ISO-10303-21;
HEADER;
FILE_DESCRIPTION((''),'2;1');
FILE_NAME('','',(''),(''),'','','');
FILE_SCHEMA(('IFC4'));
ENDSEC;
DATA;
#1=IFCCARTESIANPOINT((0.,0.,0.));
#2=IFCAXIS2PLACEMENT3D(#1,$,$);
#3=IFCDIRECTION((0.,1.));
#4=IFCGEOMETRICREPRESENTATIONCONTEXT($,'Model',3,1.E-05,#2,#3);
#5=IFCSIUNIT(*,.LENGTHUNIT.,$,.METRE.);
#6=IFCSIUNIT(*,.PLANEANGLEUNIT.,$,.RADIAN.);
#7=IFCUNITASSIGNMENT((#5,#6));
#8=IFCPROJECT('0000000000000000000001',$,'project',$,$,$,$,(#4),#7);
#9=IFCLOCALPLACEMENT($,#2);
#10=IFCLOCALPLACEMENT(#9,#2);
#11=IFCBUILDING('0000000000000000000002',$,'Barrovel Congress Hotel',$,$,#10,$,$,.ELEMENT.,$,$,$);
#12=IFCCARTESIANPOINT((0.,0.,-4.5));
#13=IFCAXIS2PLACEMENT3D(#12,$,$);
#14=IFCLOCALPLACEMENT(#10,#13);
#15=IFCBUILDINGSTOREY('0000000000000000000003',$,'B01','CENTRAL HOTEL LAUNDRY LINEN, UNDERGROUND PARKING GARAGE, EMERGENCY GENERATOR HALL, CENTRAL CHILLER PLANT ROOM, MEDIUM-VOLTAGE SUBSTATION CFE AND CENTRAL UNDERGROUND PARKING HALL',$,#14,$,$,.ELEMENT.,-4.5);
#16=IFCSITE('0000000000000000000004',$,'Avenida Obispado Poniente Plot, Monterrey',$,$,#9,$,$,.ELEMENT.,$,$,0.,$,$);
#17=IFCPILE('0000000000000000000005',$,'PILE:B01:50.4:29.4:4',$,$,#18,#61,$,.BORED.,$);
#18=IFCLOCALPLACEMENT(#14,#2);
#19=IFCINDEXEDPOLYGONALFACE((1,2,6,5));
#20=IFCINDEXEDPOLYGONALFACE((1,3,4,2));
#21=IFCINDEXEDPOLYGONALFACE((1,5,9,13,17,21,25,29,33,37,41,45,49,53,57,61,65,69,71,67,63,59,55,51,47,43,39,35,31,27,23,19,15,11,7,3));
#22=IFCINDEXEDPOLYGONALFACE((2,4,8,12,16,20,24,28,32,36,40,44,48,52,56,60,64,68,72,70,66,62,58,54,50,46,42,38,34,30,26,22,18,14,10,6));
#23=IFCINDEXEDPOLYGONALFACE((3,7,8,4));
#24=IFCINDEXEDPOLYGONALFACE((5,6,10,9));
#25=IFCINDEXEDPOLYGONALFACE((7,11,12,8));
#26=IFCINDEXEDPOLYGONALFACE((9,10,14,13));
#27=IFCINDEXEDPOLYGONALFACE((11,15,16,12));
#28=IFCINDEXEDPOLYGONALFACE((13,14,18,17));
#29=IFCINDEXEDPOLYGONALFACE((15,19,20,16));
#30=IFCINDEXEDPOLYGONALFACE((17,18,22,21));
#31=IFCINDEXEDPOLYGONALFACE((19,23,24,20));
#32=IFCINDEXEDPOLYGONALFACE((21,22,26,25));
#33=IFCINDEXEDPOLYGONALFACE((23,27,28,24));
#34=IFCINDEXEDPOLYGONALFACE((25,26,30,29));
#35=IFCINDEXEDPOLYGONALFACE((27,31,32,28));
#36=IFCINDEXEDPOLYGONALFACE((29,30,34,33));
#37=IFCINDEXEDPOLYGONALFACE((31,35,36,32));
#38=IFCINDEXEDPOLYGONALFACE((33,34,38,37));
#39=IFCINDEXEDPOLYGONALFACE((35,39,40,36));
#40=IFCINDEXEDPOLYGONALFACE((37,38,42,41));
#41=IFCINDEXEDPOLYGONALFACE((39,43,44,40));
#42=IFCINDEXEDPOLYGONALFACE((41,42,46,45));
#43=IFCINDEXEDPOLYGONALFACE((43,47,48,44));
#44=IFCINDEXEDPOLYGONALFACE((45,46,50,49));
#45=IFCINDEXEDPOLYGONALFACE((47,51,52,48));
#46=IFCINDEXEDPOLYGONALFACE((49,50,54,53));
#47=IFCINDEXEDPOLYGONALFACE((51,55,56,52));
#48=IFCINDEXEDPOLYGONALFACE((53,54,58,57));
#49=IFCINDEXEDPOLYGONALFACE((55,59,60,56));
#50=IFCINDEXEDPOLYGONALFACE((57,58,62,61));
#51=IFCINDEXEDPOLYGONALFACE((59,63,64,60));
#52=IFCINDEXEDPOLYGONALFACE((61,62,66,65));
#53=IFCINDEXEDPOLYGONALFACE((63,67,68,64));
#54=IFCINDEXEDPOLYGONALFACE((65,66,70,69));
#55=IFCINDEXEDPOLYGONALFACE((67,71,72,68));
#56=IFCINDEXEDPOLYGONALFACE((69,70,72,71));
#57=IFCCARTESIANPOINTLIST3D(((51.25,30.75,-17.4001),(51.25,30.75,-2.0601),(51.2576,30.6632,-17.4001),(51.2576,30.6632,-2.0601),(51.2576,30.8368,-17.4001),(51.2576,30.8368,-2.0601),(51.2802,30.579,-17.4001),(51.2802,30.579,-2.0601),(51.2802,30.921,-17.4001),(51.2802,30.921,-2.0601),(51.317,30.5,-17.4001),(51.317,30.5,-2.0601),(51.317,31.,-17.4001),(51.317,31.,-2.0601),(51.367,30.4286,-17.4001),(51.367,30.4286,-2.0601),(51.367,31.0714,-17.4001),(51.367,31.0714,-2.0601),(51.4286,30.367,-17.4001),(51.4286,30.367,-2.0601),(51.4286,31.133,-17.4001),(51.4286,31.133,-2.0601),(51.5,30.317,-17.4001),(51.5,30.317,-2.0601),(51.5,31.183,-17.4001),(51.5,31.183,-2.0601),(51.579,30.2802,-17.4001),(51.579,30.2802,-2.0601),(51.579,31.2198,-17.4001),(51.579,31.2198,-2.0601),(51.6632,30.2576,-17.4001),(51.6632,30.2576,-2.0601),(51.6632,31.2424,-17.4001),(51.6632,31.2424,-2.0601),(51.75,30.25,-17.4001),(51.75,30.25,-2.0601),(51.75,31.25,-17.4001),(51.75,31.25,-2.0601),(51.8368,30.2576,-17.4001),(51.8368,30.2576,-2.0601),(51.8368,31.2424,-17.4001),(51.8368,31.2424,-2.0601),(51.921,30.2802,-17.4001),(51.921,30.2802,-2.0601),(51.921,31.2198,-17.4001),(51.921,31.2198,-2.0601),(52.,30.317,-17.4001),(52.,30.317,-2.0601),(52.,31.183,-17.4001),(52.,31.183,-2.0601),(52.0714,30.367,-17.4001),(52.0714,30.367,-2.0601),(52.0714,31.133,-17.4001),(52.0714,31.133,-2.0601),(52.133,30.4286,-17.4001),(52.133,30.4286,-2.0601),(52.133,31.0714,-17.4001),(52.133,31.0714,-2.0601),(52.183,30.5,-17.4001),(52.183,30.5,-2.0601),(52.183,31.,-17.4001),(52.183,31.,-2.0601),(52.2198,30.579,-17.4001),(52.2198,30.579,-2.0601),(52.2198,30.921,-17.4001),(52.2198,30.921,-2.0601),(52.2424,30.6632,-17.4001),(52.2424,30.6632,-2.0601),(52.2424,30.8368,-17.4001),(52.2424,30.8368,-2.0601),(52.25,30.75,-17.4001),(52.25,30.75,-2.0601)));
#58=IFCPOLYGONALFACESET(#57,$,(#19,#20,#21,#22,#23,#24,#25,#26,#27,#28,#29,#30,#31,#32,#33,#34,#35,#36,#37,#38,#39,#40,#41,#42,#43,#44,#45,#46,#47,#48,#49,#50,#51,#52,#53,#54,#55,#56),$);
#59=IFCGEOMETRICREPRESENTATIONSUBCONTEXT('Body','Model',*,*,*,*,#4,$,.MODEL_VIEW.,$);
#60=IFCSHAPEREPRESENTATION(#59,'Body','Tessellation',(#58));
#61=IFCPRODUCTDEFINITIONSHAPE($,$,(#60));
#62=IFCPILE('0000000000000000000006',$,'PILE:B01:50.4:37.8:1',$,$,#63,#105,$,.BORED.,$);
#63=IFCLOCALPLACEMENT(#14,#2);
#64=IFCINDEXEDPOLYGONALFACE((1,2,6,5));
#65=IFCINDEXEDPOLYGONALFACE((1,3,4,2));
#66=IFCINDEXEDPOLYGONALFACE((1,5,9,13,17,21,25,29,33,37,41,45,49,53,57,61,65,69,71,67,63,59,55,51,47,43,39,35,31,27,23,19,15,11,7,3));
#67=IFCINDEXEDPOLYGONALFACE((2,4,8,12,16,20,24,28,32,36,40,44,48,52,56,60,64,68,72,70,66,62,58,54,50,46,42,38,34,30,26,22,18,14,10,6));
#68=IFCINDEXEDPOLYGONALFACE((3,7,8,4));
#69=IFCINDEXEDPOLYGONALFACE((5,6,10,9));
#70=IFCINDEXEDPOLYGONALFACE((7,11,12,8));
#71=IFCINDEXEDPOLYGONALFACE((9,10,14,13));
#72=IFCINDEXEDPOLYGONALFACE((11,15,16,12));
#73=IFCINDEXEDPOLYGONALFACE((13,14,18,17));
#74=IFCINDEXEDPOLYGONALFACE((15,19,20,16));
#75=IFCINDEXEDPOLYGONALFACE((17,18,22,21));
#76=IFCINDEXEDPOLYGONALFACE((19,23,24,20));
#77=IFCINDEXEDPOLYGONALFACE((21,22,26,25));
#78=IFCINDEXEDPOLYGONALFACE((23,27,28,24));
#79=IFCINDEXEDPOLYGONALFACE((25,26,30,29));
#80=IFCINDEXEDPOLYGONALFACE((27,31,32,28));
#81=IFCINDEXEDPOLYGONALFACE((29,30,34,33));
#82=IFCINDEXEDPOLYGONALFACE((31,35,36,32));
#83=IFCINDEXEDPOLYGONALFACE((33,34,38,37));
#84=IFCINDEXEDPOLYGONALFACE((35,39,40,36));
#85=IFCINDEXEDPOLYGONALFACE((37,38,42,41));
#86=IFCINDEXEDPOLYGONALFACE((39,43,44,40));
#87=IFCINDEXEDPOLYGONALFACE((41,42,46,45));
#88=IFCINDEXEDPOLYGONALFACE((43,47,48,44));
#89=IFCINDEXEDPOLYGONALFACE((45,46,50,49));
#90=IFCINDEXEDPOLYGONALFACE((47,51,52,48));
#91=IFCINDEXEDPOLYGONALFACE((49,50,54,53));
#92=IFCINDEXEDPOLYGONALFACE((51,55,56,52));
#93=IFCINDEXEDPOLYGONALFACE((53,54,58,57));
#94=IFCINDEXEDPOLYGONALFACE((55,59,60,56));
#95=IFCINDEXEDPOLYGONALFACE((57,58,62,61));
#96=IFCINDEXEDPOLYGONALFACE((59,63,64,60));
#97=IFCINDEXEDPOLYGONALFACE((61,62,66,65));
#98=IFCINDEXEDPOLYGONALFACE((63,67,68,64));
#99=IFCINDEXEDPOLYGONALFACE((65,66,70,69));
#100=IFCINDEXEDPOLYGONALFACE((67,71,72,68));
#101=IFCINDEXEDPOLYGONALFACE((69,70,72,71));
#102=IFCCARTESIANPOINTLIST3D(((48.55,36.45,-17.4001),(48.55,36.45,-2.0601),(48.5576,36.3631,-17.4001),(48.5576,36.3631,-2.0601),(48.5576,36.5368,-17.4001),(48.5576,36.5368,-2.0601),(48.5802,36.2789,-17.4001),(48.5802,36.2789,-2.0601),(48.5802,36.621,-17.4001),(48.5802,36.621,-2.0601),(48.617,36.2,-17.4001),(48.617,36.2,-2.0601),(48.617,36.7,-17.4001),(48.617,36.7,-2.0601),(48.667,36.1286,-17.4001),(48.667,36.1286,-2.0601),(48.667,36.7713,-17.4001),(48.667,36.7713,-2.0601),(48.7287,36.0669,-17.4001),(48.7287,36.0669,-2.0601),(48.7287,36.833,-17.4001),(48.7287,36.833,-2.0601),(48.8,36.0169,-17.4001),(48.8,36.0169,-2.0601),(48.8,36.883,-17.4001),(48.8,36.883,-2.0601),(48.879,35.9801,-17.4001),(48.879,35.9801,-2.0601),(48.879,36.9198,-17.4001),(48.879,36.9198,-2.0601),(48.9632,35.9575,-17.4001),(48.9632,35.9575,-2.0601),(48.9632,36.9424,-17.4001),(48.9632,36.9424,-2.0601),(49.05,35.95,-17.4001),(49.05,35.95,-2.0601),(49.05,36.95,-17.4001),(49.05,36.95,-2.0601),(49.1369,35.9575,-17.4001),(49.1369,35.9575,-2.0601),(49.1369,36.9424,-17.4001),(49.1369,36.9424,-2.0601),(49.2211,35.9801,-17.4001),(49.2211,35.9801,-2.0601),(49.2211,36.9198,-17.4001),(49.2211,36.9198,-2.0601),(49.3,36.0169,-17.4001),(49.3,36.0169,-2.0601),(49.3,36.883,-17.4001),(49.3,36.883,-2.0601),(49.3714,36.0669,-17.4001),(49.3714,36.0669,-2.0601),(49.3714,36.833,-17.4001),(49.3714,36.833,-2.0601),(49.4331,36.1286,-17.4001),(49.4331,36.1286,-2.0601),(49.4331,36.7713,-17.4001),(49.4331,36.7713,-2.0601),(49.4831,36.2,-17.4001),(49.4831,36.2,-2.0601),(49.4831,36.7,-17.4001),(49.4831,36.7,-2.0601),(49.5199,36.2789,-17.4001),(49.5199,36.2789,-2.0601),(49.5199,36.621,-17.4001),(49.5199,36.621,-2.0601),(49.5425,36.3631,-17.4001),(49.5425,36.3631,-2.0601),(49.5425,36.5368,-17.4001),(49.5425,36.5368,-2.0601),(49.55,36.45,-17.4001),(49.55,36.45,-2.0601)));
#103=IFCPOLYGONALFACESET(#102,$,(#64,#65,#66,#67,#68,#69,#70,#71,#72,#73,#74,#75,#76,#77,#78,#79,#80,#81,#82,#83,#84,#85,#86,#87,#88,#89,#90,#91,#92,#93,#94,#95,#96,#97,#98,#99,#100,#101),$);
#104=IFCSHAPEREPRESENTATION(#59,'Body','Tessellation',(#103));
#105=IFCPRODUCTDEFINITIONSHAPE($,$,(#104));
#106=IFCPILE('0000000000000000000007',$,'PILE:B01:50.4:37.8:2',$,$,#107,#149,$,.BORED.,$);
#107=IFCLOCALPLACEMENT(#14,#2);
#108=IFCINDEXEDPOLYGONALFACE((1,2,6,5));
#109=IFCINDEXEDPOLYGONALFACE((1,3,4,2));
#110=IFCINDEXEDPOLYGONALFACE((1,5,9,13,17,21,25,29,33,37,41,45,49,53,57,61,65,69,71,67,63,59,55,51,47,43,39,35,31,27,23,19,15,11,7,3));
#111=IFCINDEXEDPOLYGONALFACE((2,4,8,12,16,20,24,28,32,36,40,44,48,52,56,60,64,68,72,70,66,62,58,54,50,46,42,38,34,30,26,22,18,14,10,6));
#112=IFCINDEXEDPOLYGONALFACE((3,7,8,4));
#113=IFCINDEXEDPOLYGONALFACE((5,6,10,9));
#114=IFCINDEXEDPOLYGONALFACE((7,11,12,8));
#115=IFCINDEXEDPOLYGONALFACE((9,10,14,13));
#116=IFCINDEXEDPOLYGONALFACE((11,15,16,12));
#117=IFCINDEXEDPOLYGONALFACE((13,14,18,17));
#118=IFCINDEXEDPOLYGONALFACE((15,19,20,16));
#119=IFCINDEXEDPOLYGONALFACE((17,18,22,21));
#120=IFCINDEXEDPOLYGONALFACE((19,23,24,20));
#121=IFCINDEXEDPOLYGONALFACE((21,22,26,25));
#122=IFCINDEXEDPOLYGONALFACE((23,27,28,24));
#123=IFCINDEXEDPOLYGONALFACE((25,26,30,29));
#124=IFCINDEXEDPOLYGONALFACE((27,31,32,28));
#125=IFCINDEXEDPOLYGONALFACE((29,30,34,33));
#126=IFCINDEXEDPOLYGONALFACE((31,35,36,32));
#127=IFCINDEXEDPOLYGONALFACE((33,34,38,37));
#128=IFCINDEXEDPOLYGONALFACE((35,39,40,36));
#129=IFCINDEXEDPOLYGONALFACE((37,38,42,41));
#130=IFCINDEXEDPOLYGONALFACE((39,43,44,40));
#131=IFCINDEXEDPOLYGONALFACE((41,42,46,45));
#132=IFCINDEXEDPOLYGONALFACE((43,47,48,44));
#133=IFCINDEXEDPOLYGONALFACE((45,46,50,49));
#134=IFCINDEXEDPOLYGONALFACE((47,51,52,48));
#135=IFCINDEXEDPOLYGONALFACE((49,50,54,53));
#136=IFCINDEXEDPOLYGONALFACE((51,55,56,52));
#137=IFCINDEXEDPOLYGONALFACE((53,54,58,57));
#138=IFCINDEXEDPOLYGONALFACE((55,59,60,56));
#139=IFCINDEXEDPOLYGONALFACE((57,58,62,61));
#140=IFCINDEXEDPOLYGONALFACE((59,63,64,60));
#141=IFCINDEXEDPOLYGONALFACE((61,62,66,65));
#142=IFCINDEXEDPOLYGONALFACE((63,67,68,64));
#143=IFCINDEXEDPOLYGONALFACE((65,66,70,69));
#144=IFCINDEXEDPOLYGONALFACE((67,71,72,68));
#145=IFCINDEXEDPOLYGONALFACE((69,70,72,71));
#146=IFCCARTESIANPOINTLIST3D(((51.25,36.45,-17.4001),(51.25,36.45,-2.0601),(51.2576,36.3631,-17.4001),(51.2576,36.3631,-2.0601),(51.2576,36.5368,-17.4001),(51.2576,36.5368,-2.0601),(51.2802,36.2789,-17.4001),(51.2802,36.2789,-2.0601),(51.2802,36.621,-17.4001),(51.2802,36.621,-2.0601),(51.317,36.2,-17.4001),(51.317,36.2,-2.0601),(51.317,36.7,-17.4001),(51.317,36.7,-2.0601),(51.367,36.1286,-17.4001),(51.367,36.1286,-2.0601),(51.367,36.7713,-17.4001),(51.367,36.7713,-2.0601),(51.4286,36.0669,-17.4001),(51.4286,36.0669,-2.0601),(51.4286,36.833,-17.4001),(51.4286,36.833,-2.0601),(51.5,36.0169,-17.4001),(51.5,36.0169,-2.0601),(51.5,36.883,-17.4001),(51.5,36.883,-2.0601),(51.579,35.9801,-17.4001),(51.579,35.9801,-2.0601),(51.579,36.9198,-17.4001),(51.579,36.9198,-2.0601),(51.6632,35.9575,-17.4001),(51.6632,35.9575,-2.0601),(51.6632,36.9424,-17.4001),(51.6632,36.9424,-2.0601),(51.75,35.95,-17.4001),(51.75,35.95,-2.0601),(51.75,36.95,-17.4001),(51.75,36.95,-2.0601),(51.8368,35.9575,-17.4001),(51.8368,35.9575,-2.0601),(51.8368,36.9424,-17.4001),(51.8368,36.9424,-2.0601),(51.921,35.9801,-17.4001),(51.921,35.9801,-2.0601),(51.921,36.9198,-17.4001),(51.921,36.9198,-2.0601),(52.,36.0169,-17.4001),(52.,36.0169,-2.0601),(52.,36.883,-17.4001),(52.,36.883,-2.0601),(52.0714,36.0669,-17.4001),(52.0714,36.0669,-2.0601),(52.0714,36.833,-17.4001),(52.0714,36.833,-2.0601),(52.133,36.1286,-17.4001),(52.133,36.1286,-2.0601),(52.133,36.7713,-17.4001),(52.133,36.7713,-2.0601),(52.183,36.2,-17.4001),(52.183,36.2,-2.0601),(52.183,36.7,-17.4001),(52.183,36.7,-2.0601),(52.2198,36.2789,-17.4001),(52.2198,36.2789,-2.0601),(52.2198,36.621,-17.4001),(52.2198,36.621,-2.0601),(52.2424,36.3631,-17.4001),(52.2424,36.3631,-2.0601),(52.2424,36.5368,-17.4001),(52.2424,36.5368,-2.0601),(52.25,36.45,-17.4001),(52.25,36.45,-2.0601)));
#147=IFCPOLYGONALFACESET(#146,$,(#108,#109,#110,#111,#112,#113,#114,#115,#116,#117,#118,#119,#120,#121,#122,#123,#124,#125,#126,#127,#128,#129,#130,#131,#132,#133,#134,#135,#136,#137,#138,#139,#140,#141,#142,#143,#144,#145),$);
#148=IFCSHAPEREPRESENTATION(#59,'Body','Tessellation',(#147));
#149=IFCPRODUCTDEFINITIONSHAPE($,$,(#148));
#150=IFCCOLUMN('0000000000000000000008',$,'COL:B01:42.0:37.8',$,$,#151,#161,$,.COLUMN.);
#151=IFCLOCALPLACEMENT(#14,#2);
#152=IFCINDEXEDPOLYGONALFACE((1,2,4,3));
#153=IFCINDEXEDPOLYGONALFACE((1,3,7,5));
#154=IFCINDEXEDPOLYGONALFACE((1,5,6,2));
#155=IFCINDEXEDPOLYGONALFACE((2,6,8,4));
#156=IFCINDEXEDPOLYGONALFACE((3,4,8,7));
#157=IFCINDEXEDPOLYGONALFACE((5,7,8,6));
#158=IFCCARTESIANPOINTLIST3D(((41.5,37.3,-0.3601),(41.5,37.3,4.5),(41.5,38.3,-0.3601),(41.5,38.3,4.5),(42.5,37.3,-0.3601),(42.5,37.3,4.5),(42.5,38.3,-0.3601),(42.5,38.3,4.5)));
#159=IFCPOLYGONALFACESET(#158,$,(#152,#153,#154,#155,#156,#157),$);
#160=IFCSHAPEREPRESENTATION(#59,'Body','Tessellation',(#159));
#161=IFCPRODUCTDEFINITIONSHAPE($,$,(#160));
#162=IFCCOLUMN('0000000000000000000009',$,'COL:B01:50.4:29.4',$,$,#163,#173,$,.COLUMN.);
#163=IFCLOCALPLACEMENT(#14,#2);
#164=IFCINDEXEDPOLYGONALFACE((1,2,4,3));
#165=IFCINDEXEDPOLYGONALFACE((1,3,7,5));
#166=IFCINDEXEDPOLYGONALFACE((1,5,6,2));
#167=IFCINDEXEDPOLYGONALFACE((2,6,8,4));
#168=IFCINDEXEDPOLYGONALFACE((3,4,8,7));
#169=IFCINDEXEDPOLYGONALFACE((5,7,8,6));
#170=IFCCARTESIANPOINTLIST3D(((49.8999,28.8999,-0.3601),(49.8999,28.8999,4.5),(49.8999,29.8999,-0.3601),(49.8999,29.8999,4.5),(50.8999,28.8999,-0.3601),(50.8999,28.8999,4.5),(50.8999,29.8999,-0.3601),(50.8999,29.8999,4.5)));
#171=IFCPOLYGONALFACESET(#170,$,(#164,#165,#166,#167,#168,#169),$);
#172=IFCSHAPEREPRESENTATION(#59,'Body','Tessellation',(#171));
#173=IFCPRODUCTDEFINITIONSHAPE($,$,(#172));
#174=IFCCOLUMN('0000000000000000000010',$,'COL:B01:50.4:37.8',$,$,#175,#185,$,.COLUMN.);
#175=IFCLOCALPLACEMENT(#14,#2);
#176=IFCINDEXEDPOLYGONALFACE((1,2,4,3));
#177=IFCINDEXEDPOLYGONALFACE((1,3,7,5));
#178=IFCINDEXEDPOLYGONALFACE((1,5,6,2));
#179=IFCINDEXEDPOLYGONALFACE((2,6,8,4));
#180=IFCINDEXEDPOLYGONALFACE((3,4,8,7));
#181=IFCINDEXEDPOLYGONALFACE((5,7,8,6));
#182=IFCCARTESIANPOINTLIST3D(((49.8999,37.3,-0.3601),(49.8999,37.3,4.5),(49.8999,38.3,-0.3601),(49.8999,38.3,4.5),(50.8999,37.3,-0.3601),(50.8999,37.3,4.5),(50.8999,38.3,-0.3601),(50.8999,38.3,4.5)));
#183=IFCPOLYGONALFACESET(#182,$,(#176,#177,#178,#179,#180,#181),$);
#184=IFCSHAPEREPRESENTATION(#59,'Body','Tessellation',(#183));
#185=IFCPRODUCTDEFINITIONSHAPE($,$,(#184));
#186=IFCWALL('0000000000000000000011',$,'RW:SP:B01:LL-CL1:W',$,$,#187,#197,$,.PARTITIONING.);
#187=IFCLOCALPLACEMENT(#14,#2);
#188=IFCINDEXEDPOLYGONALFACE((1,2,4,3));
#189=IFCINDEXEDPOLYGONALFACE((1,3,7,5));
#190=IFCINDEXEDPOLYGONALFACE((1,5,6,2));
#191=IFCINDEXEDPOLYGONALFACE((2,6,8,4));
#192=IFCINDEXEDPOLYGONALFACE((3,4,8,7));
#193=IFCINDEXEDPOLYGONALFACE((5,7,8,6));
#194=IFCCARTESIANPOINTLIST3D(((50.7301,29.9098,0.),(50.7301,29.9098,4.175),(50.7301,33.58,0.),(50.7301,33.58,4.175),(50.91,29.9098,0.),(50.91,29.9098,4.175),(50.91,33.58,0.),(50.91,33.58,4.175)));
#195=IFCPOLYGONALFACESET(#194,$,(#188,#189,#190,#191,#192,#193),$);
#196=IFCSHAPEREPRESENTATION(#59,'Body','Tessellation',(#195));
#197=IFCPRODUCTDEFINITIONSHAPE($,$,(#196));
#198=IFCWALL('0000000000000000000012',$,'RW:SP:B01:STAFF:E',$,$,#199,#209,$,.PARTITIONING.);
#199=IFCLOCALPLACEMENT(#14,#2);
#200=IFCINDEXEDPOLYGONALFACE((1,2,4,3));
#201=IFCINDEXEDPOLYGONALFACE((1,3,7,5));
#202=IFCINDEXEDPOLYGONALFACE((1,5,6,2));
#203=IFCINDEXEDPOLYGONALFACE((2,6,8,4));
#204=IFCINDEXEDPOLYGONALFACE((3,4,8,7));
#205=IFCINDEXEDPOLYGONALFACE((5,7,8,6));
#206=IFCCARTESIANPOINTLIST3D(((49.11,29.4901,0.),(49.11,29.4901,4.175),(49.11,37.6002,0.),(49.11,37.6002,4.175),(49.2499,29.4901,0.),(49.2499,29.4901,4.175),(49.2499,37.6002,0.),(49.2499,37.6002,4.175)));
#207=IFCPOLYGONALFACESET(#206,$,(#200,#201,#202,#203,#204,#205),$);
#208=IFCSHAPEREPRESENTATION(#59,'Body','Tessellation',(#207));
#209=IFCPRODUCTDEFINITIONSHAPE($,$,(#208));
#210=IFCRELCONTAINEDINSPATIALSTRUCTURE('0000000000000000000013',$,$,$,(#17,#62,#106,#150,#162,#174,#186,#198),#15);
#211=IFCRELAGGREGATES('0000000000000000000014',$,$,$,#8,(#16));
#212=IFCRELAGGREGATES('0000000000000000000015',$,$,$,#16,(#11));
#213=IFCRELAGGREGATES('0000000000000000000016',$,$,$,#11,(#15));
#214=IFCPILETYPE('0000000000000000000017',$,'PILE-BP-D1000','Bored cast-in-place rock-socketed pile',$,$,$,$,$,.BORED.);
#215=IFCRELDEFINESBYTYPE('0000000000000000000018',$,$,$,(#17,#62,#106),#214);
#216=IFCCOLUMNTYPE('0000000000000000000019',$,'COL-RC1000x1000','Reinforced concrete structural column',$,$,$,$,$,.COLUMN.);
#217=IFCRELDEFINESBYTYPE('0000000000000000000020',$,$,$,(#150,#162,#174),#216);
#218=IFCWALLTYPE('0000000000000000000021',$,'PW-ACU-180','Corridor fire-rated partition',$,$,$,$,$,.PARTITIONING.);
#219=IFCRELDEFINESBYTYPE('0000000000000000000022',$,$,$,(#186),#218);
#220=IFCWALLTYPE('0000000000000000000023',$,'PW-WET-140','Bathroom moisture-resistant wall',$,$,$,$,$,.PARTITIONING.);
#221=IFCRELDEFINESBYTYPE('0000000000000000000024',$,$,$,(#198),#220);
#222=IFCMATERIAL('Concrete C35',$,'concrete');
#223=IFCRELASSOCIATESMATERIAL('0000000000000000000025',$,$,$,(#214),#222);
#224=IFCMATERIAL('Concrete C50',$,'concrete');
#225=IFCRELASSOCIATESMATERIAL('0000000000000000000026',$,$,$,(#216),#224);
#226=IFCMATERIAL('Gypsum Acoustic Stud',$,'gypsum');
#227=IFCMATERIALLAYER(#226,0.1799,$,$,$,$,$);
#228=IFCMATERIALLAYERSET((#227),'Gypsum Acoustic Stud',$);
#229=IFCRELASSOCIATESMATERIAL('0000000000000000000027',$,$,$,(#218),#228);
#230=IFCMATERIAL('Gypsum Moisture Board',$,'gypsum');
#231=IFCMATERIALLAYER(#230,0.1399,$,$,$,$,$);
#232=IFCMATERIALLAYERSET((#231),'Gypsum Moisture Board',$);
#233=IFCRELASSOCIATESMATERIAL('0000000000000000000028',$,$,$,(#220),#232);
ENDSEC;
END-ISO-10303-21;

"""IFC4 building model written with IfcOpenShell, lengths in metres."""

from ifc_helpers import new_model, si_unit, direction, frame, frame_2d, origin, origin_2d, place, context, subcontext, project, spatial, rectangle, circle, extrude, material, layer, layer_set, material_profile, profile_set, type_object, element, save


model = new_model("IFC4")

# Units and contexts
model_context = context("Model", 3, precision=1e-05, world=origin(), true_north=direction((0.0, 1.0)))
body_context = subcontext(model_context, "Body", "Model", "MODEL_VIEW")
ifc_project = project(units=[si_unit("LENGTHUNIT", "METRE"), si_unit("PLANEANGLEUNIT", "RADIAN")], contexts=[model_context])

# Site, building, storey
site_placement = place(None, origin())
site = spatial("IfcSite", under=ifc_project, at=site_placement, Name="Avenida Obispado Poniente Plot, Monterrey", CompositionType="ELEMENT", RefElevation=0.0)
building_placement = place(site_placement, origin())
building = spatial("IfcBuilding", under=site, at=building_placement, Name="Barrovel Congress Hotel", CompositionType="ELEMENT")
storey_placement = place(building_placement, frame((0.0, 0.0, -4.5)))
storey = spatial("IfcBuildingStorey", under=building, at=storey_placement, Name="B01", Description="CENTRAL HOTEL LAUNDRY LINEN, UNDERGROUND PARKING GARAGE, EMERGENCY GENERATOR HALL, CENTRAL CHILLER PLANT ROOM, MEDIUM-VOLTAGE SUBSTATION CFE AND CENTRAL UNDERGROUND PARKING HALL", CompositionType="ELEMENT", Elevation=-4.5)

# Piles
ifc_material_1 = material(Name="Concrete C35", Category="concrete")
ifc_material_profile_1 = material_profile(ifc_material_1, circle(Radius=0.5, at=origin_2d()), Name="BP-D1000")
ifc_profile_set_1 = profile_set([ifc_material_profile_1], Name="Concrete C35")
pile_type = type_object("IfcPileType", Name="PILE-BP-D1000", Description="Bored cast-in-place rock-socketed pile", PredefinedType="BORED", material=ifc_profile_set_1)
for number, where, z_axis, x_axis, name in (
    (1, (51.75, 30.75, -2.0601), (0.0, 0.0, -1.0), (1.0, 0.0, 0.0), "PILE:B01:50.4:29.4:4"),
    (2, (49.05, 36.45, -2.0601), (0.0, 0.0, -1.0), (1.0, 0.0, 0.0), "PILE:B01:50.4:37.8:1"),
    (3, (51.75, 36.45, -2.0601), (0.0, 0.0, -1.0), (1.0, 0.0, 0.0), "PILE:B01:50.4:37.8:2"),
):
    element("IfcPile", number, at=place(storey_placement, frame(where, z_axis=z_axis, x_axis=x_axis)), inside=storey, type_object=pile_type, Name=name, PredefinedType="BORED", context=body_context, shape_type="SweptSolid", body=[
        extrude(circle(Radius=0.5, at=origin_2d()), origin(), (0.0, 0.0, 1.0), 15.3401),
    ])

# Columns
ifc_material_2 = material(Name="Concrete C50", Category="concrete")
ifc_material_profile_2 = material_profile(ifc_material_2, rectangle(XDim=1.0, YDim=1.0, at=origin_2d()), Name="RC1000x1000")
ifc_profile_set_2 = profile_set([ifc_material_profile_2], Name="Concrete C50")
column_type = type_object("IfcColumnType", Name="COL-RC1000x1000", Description="Reinforced concrete structural column", PredefinedType="COLUMN", material=ifc_profile_set_2)
for number, where, z_axis, x_axis, name in (
    (4, (42.0, 37.8, -0.3601), (0.0, 0.0, 1.0), (1.0, 0.0, 0.0), "COL:B01:42.0:37.8"),
    (5, (50.3999, 29.3999, -0.3601), (0.0, 0.0, 1.0), (1.0, 0.0, 0.0), "COL:B01:50.4:29.4"),
    (6, (50.3999, 37.8, -0.3601), (0.0, 0.0, 1.0), (1.0, 0.0, 0.0), "COL:B01:50.4:37.8"),
):
    element("IfcColumn", number, at=place(storey_placement, frame(where, z_axis=z_axis, x_axis=x_axis)), inside=storey, type_object=column_type, Name=name, PredefinedType="COLUMN", context=body_context, shape_type="SweptSolid", body=[
        extrude(rectangle(XDim=1.0, YDim=1.0, at=origin_2d()), origin(), (0.0, 0.0, 1.0), 4.8601),
    ])

# Shared definitions
ifc_material_3 = material(Name="Gypsum Acoustic Stud", Category="gypsum")
ifc_layer_1 = layer(ifc_material_3, 0.1799)
ifc_layer_set_1 = layer_set([ifc_layer_1], Name="Gypsum Acoustic Stud")
wall_type_1 = type_object("IfcWallType", Name="PW-ACU-180", Description="Corridor fire-rated partition", PredefinedType="PARTITIONING", material=ifc_layer_set_1)

# Walls
wall_1_placement = place(storey_placement, frame((50.8201, 29.9099, 0.0), z_axis=(0.0, 0.0, 1.0), x_axis=(0.0, 1.0, 0.0)))
element("IfcWall", 7, at=wall_1_placement, inside=storey, type_object=wall_type_1, Name="RW:SP:B01:LL-CL1:W", PredefinedType="PARTITIONING", context=body_context, shape_type="SweptSolid", body=[
    extrude(rectangle(XDim=3.6702, YDim=0.1799, at=frame_2d((1.835, 0.0))), origin(), (0.0, 0.0, 1.0), 4.175),
])
ifc_material_4 = material(Name="Gypsum Moisture Board", Category="gypsum")
ifc_layer_2 = layer(ifc_material_4, 0.1399)
ifc_layer_set_2 = layer_set([ifc_layer_2], Name="Gypsum Moisture Board")
wall_type_2 = type_object("IfcWallType", Name="PW-WET-140", Description="Bathroom moisture-resistant wall", PredefinedType="PARTITIONING", material=ifc_layer_set_2)
wall_2_placement = place(storey_placement, frame((49.1799, 29.49, 0.0), z_axis=(0.0, 0.0, 1.0), x_axis=(0.0, 1.0, 0.0)))
element("IfcWall", 8, at=wall_2_placement, inside=storey, type_object=wall_type_2, Name="RW:SP:B01:STAFF:E", PredefinedType="PARTITIONING", context=body_context, shape_type="SweptSolid", body=[
    extrude(rectangle(XDim=8.1101, YDim=0.1399, at=frame_2d((4.0552, 0.0))), origin(), (0.0, 0.0, 1.0), 4.175),
])

save(model, "model.ifc")
